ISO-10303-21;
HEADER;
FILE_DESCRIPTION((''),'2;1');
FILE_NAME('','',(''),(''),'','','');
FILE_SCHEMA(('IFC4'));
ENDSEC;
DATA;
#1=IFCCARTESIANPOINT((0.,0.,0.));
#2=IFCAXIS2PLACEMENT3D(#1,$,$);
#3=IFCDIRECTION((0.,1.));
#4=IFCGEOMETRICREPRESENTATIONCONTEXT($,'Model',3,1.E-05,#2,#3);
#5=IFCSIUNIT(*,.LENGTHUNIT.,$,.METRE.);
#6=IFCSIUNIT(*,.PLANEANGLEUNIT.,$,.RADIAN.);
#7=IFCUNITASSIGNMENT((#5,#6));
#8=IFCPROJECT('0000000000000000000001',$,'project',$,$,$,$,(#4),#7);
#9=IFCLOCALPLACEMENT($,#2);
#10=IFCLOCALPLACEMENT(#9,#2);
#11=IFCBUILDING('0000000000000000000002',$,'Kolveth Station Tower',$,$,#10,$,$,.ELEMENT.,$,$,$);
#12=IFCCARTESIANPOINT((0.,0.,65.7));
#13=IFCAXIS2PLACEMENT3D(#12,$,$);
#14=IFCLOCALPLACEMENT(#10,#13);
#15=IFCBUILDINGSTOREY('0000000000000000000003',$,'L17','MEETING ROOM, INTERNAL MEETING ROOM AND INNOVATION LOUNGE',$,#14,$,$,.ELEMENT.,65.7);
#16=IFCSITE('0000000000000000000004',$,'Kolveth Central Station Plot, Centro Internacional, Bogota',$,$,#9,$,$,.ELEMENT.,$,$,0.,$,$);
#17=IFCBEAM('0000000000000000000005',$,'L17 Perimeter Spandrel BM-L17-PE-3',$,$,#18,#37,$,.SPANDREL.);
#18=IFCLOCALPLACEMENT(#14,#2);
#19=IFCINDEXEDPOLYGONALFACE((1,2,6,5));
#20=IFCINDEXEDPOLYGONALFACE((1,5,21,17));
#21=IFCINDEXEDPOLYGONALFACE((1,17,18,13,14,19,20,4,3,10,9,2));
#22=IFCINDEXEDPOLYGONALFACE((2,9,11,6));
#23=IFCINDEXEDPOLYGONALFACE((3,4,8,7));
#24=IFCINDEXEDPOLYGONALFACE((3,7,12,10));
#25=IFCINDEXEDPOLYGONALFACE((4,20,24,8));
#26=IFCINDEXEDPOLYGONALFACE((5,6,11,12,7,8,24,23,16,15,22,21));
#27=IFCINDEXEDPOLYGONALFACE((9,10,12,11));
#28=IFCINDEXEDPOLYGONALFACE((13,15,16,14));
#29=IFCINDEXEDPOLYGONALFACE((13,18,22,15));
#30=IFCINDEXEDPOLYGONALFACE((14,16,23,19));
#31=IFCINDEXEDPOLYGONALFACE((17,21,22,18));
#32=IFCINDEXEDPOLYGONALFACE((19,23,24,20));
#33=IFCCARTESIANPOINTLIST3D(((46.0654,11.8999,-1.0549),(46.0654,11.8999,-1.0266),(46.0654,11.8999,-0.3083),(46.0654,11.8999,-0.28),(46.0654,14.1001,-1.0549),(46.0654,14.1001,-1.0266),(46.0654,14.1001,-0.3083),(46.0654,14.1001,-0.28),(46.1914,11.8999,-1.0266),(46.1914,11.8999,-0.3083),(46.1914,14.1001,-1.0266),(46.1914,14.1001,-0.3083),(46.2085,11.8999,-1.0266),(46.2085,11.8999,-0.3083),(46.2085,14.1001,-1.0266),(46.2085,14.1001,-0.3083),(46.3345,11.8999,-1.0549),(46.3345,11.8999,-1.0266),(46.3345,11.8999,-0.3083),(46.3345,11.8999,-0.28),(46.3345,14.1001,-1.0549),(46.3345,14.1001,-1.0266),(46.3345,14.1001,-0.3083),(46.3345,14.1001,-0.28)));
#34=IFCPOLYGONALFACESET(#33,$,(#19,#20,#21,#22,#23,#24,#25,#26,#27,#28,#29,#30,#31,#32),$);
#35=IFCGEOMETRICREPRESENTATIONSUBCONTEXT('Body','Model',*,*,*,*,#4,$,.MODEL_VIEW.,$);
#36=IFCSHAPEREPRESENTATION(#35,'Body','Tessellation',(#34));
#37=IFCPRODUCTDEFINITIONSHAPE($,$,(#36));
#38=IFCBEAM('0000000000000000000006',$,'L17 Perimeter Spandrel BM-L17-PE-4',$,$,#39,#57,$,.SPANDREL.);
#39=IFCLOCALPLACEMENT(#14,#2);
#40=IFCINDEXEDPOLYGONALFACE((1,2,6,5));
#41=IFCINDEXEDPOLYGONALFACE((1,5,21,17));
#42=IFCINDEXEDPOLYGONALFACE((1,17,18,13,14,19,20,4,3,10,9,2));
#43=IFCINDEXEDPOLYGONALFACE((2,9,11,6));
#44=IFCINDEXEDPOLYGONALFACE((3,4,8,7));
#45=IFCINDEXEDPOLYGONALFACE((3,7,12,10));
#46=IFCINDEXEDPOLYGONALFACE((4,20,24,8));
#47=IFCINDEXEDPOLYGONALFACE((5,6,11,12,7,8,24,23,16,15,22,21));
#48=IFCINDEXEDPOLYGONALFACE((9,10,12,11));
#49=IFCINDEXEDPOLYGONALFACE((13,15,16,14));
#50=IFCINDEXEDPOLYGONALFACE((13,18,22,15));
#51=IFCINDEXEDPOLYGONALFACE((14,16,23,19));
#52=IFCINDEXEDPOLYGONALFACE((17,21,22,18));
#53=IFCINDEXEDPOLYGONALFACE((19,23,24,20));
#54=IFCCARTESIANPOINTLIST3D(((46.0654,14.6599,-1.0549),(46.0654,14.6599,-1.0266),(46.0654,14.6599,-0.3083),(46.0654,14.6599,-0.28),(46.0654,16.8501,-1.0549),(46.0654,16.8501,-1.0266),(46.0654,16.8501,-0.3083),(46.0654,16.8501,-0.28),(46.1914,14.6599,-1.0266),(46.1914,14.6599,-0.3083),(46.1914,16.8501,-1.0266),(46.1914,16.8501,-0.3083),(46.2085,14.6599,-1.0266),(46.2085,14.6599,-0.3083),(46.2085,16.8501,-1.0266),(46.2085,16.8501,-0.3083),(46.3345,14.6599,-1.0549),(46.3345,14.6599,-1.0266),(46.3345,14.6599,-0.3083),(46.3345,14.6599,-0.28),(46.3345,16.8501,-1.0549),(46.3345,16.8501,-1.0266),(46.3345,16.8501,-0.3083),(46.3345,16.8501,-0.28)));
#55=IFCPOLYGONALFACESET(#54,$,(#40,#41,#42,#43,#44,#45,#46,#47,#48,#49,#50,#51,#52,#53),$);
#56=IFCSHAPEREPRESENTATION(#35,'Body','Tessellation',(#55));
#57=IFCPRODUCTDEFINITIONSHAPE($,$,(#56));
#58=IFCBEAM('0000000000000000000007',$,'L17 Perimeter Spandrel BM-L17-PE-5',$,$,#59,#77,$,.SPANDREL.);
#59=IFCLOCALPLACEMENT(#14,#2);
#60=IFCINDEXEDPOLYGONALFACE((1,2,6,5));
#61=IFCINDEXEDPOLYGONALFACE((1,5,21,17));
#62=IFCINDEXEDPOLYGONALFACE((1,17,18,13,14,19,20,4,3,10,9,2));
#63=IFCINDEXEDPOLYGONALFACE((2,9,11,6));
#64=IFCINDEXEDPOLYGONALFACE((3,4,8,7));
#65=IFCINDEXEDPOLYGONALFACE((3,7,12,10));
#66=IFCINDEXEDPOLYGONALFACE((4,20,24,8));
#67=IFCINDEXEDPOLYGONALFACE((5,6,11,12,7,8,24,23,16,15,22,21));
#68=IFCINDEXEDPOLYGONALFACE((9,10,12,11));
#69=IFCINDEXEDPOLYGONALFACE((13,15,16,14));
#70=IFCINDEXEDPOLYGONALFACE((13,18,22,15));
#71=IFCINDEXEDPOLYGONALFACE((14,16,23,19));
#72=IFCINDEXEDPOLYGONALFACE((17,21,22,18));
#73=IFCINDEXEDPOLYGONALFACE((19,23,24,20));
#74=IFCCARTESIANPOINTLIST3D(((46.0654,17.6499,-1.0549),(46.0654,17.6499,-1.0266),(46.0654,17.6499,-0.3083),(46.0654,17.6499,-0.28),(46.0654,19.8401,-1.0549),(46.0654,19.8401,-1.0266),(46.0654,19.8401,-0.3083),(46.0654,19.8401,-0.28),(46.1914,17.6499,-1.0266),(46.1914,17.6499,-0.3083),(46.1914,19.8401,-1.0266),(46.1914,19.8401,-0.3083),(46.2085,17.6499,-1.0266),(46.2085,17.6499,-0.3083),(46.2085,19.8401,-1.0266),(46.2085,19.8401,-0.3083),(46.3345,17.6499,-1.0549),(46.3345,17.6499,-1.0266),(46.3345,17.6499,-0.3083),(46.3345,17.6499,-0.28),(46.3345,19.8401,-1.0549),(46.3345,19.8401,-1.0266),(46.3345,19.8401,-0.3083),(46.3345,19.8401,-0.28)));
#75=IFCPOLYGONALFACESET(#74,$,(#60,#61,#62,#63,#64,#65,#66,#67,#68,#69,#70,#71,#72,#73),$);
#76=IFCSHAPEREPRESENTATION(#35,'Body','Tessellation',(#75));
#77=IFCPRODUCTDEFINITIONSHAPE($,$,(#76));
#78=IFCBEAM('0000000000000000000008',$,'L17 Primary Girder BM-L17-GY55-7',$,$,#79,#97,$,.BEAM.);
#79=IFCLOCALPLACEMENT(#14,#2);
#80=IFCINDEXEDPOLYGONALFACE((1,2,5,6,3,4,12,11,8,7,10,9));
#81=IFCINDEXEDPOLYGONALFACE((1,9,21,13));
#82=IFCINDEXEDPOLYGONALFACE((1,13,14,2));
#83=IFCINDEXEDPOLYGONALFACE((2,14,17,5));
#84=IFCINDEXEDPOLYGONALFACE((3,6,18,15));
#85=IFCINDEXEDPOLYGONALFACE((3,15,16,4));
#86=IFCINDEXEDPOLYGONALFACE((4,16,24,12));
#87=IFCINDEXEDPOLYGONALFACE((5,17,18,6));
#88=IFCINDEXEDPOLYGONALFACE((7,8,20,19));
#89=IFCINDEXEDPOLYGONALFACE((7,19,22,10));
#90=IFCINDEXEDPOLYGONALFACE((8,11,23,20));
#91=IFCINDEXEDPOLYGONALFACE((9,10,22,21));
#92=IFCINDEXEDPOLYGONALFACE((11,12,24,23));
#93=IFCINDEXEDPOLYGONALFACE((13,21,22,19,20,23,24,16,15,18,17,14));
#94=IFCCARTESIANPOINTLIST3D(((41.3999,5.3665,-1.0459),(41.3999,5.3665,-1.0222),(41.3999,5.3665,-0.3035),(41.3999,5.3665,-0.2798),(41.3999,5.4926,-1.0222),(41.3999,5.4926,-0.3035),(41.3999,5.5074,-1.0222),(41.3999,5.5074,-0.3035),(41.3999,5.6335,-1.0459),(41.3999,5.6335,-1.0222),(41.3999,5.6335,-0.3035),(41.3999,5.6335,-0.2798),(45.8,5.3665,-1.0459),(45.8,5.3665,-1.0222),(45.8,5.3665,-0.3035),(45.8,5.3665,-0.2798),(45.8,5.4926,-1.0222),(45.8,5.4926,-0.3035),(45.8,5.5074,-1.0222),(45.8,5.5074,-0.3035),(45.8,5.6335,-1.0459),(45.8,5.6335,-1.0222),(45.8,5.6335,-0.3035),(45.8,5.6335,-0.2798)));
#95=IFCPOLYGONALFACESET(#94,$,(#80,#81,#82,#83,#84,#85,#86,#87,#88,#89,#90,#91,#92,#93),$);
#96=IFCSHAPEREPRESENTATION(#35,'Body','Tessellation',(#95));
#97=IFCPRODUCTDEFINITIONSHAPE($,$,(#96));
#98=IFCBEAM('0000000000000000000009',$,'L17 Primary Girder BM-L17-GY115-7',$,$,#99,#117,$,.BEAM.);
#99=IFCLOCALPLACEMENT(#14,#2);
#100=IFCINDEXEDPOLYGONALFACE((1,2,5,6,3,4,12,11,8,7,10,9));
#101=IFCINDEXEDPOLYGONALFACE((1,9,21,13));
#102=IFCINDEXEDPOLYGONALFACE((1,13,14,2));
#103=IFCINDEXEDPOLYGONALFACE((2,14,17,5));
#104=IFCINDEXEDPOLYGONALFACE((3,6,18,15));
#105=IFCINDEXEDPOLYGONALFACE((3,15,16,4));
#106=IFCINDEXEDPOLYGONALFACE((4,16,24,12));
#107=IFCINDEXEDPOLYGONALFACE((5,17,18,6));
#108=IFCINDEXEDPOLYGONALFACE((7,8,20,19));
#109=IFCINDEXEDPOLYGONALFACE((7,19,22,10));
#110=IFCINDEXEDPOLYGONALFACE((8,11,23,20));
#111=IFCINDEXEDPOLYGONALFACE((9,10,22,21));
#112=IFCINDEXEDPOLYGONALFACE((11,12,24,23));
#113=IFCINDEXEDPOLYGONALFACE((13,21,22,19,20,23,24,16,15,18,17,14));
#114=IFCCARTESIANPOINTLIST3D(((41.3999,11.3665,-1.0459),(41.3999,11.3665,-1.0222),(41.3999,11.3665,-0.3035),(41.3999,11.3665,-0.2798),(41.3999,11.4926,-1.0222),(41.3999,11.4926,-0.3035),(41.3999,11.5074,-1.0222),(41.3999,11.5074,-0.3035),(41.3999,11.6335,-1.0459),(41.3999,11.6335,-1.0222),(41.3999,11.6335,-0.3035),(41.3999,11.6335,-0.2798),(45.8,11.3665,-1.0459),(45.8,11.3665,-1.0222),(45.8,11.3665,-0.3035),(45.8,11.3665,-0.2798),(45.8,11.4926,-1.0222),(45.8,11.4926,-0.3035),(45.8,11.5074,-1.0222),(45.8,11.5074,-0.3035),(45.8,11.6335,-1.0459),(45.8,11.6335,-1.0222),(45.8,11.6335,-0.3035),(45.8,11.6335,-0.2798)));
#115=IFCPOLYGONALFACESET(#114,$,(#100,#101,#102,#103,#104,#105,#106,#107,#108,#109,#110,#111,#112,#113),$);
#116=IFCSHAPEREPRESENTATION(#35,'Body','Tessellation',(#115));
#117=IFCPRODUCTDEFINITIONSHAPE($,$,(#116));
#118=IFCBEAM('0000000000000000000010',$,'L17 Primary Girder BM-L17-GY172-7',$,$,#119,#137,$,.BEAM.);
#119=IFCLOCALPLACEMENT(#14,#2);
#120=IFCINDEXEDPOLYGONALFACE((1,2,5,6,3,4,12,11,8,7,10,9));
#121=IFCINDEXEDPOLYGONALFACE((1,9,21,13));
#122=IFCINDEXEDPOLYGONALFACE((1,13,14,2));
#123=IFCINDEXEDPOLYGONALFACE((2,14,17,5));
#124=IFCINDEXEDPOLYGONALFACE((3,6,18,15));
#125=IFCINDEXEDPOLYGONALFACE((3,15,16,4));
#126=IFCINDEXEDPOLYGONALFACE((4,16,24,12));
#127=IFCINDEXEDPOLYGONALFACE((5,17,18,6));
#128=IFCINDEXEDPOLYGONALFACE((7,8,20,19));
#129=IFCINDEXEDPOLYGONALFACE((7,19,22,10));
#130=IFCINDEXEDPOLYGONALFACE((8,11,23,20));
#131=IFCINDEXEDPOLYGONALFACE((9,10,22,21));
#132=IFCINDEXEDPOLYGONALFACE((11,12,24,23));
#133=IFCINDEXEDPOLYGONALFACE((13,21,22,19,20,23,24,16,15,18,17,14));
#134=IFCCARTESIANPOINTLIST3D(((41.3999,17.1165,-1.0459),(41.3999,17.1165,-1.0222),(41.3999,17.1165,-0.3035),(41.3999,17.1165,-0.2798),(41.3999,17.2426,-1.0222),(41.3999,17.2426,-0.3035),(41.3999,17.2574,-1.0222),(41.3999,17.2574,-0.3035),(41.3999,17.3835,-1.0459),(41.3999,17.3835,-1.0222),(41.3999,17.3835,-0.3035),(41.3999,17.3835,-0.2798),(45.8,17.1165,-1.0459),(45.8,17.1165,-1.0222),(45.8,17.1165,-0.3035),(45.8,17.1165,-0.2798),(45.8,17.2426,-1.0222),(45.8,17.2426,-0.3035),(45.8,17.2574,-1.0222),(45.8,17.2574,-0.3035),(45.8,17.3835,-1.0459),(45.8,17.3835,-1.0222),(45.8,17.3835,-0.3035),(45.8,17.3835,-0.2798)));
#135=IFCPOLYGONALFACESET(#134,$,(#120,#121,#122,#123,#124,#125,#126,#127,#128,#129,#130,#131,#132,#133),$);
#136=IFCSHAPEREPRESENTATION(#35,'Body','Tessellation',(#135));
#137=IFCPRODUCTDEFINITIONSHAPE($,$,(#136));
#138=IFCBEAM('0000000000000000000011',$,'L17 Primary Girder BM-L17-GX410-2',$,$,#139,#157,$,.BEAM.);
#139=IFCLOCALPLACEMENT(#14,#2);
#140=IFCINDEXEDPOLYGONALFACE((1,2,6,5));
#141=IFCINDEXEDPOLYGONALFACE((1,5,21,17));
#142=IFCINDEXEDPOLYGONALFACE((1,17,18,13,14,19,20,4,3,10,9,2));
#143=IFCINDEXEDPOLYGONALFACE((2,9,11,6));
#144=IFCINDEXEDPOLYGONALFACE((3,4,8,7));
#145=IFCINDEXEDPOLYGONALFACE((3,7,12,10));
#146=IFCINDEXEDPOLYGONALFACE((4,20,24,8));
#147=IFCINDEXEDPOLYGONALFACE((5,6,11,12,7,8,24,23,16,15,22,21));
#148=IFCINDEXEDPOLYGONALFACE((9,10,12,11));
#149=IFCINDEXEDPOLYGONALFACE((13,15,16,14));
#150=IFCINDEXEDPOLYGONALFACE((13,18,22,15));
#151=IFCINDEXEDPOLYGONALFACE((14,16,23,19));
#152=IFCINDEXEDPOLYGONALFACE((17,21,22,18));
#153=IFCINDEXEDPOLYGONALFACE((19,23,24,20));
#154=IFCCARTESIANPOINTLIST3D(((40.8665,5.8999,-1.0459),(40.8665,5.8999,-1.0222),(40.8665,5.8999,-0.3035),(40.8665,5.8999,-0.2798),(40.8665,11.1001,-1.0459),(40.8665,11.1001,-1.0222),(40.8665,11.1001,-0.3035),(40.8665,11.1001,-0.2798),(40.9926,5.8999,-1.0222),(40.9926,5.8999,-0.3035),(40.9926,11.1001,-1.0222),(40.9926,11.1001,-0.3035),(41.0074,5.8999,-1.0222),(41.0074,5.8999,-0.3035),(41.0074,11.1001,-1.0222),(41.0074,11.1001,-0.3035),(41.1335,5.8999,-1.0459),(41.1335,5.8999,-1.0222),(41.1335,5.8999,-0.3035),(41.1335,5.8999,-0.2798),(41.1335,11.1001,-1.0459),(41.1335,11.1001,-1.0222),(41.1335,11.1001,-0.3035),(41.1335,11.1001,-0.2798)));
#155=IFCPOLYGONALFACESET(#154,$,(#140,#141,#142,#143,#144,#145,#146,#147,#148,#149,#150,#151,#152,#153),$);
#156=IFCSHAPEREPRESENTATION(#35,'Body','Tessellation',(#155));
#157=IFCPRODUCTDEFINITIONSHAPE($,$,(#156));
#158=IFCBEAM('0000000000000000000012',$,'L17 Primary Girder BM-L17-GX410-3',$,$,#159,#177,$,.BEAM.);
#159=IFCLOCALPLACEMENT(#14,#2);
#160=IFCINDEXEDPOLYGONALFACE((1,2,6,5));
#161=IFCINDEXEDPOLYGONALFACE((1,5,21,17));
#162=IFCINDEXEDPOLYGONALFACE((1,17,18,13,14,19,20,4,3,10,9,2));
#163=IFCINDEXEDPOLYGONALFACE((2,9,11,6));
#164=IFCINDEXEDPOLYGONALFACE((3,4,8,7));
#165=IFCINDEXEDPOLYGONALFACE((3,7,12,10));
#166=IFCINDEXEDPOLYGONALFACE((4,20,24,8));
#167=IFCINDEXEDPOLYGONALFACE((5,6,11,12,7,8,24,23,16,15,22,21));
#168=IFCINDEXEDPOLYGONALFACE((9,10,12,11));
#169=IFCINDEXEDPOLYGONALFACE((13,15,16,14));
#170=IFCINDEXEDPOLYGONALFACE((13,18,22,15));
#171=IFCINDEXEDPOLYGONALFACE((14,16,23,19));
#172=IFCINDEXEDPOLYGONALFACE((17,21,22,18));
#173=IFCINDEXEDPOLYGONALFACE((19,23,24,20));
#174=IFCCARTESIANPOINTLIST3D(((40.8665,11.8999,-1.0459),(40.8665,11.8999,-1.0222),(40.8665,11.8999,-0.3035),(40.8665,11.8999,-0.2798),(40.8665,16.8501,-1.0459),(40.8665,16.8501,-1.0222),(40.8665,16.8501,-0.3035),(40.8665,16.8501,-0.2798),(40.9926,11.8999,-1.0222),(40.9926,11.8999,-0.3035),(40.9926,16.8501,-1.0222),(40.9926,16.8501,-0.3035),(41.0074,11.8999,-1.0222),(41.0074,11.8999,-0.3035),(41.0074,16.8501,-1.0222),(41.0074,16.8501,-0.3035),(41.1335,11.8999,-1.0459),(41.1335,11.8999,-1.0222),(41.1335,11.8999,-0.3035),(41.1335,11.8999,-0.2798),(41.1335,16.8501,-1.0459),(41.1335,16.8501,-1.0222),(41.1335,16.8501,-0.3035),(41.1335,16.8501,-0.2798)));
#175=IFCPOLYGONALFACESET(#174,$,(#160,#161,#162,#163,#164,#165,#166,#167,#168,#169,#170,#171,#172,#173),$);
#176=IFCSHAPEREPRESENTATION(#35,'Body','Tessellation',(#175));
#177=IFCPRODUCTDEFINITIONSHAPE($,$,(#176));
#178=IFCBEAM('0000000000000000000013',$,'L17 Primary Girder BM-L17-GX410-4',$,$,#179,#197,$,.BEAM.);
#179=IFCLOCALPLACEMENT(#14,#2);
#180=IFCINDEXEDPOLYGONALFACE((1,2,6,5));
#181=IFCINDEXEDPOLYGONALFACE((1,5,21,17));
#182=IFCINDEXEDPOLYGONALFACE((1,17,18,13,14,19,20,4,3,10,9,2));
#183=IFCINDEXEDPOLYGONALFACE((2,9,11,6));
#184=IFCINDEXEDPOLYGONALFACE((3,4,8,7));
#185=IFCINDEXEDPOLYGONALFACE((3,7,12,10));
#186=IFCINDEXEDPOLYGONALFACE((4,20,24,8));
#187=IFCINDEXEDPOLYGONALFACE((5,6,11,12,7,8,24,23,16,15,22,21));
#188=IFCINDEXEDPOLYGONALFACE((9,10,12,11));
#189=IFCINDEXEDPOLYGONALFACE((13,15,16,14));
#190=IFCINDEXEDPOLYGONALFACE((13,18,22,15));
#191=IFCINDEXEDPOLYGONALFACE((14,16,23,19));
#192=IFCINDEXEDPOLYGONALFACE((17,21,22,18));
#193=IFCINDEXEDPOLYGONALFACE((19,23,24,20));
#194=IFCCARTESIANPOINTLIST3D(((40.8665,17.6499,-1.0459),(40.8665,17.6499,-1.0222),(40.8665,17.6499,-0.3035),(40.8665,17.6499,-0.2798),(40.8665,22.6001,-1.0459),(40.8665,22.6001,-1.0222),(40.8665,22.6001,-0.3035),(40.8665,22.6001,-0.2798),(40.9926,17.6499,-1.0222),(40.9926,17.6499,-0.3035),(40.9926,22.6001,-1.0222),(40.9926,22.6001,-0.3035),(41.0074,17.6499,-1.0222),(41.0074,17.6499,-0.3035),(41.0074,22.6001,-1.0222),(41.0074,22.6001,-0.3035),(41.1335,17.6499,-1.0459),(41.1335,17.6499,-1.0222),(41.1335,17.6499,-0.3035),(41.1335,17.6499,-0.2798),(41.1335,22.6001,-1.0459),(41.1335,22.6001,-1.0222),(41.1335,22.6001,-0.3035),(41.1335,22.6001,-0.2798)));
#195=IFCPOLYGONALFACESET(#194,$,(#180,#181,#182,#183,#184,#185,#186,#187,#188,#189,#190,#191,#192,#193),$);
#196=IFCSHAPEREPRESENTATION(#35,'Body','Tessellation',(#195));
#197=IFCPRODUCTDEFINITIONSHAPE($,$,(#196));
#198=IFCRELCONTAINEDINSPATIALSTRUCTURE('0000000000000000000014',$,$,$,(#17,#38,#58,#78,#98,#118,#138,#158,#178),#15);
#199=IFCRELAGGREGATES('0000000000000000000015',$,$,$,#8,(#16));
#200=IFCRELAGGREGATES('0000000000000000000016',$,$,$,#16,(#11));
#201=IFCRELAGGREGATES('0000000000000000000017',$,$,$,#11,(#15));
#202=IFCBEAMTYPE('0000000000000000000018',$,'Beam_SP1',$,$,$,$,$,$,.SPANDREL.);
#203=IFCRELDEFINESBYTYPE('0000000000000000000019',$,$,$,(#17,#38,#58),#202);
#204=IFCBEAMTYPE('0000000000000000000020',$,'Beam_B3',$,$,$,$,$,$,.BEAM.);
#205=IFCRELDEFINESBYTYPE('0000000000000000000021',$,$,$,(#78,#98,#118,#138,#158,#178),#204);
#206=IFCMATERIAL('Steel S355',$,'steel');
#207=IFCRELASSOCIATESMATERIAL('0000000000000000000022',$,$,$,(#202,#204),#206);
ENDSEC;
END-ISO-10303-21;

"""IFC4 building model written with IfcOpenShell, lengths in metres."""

from ifc_helpers import new_model, si_unit, direction, frame, origin, origin_2d, place, context, subcontext, project, spatial, i_section, extrude, source, transform, mapped, material, material_profile, profile_set, type_object, element, save


model = new_model("IFC4")

# Units and contexts
model_context = context("Model", 3, precision=1e-05, world=origin(), true_north=direction((0.0, 1.0)))
body_context = subcontext(model_context, "Body", "Model", "MODEL_VIEW")
ifc_project = project(units=[si_unit("LENGTHUNIT", "METRE"), si_unit("PLANEANGLEUNIT", "RADIAN")], contexts=[model_context])

# Site, building, storey
site_placement = place(None, origin())
site = spatial("IfcSite", under=ifc_project, at=site_placement, Name="Kolveth Central Station Plot, Centro Internacional, Bogota", CompositionType="ELEMENT", RefElevation=0.0)
building_placement = place(site_placement, origin())
building = spatial("IfcBuilding", under=site, at=building_placement, Name="Kolveth Station Tower", CompositionType="ELEMENT")
storey_placement = place(building_placement, frame((0.0, 0.0, 65.7)))
storey = spatial("IfcBuildingStorey", under=building, at=storey_placement, Name="L17", Description="MEETING ROOM, INTERNAL MEETING ROOM AND INNOVATION LOUNGE", CompositionType="ELEMENT", Elevation=65.7)

# Shared definitions
ifc_material_1 = material(Name="Steel S355", Category="steel")

# Beams
ifc_material_profile_1 = material_profile(ifc_material_1, i_section(OverallWidth=0.269, OverallDepth=0.7749, WebThickness=0.0171, FlangeThickness=0.0283, at=origin_2d()), Name="W760x220")
ifc_profile_set_1 = profile_set([ifc_material_profile_1], Name="Steel S355")
beam_type_1 = type_object("IfcBeamType", Name="Beam_SP1", PredefinedType="SPANDREL", material=ifc_profile_set_1)
shared_shape_1 = source(origin(), body_context, "Body", "SweptSolid", [
    extrude(i_section(OverallWidth=0.269, OverallDepth=0.7749, WebThickness=0.0171, FlangeThickness=0.0283, at=origin_2d()), origin(), (0.0, 0.0, 1.0), 2.2002),
])
beam_1_placement = place(storey_placement, frame((46.2, 11.8999, -0.6675), z_axis=(0.0, 1.0, 0.0), x_axis=(-1.0, 0.0, 0.0)))
element("IfcBeam", 1, at=beam_1_placement, inside=storey, type_object=beam_type_1, Name="L17 Perimeter Spandrel BM-L17-PE-3", PredefinedType="SPANDREL", context=body_context, shape_type="MappedRepresentation", body=[
    mapped(shared_shape_1, transform((0.0, 0.0, 0.0), x_axis=(1.0, 0.0, 0.0), y_axis=(0.0, 1.0, 0.0), z_axis=(0.0, 0.0, 1.0), scale=1.0)),
])
shared_shape_2 = source(origin(), body_context, "Body", "SweptSolid", [
    extrude(i_section(OverallWidth=0.269, OverallDepth=0.7749, WebThickness=0.0171, FlangeThickness=0.0283, at=origin_2d()), origin(), (0.0, 0.0, 1.0), 2.1902),
])
for number, where, z_axis, x_axis, name in (
    (2, (46.2, 14.6599, -0.6675), (0.0, 1.0, 0.0), (-1.0, 0.0, 0.0), "L17 Perimeter Spandrel BM-L17-PE-4"),
    (3, (46.2, 17.6499, -0.6675), (0.0, 1.0, 0.0), (-1.0, 0.0, 0.0), "L17 Perimeter Spandrel BM-L17-PE-5"),
):
    element("IfcBeam", number, at=place(storey_placement, frame(where, z_axis=z_axis, x_axis=x_axis)), inside=storey, type_object=beam_type_1, Name=name, PredefinedType="SPANDREL", context=body_context, shape_type="MappedRepresentation", body=[
        mapped(shared_shape_2, transform((0.0, 0.0, 0.0), x_axis=(1.0, 0.0, 0.0), y_axis=(0.0, 1.0, 0.0), z_axis=(0.0, 0.0, 1.0), scale=1.0)),
    ])
ifc_material_profile_2 = material_profile(ifc_material_1, i_section(OverallWidth=0.2671, OverallDepth=0.7661, WebThickness=0.0149, FlangeThickness=0.0237, at=origin_2d()), Name="W760x185")
ifc_profile_set_2 = profile_set([ifc_material_profile_2], Name="Steel S355")
beam_type_2 = type_object("IfcBeamType", Name="Beam_B3", PredefinedType="BEAM", material=ifc_profile_set_2)
shared_shape_3 = source(origin(), body_context, "Body", "SweptSolid", [
    extrude(i_section(OverallWidth=0.2671, OverallDepth=0.7661, WebThickness=0.0149, FlangeThickness=0.0237, at=origin_2d()), origin(), (0.0, 0.0, 1.0), 4.4001),
])
for number, where, z_axis, x_axis, name in (
    (4, (41.3999, 5.5, -0.6628), (1.0, 0.0, 0.0), (0.0, 1.0, 0.0), "L17 Primary Girder BM-L17-GY55-7"),
    (5, (41.3999, 11.5, -0.6628), (1.0, 0.0, 0.0), (0.0, 1.0, 0.0), "L17 Primary Girder BM-L17-GY115-7"),
    (6, (41.3999, 17.25, -0.6628), (1.0, 0.0, 0.0), (0.0, 1.0, 0.0), "L17 Primary Girder BM-L17-GY172-7"),
):
    element("IfcBeam", number, at=place(storey_placement, frame(where, z_axis=z_axis, x_axis=x_axis)), inside=storey, type_object=beam_type_2, Name=name, PredefinedType="BEAM", context=body_context, shape_type="MappedRepresentation", body=[
        mapped(shared_shape_3, transform((0.0, 0.0, 0.0), x_axis=(1.0, 0.0, 0.0), y_axis=(0.0, 1.0, 0.0), z_axis=(0.0, 0.0, 1.0), scale=1.0)),
    ])
shared_shape_4 = source(origin(), body_context, "Body", "SweptSolid", [
    extrude(i_section(OverallWidth=0.2671, OverallDepth=0.7661, WebThickness=0.0149, FlangeThickness=0.0237, at=origin_2d()), origin(), (0.0, 0.0, 1.0), 5.2002),
])
beam_2_placement = place(storey_placement, frame((41.0, 5.8999, -0.6628), z_axis=(0.0, 1.0, 0.0), x_axis=(-1.0, 0.0, 0.0)))
element("IfcBeam", 7, at=beam_2_placement, inside=storey, type_object=beam_type_2, Name="L17 Primary Girder BM-L17-GX410-2", PredefinedType="BEAM", context=body_context, shape_type="MappedRepresentation", body=[
    mapped(shared_shape_4, transform((0.0, 0.0, 0.0), x_axis=(1.0, 0.0, 0.0), y_axis=(0.0, 1.0, 0.0), z_axis=(0.0, 0.0, 1.0), scale=1.0)),
])
shared_shape_5 = source(origin(), body_context, "Body", "SweptSolid", [
    extrude(i_section(OverallWidth=0.2671, OverallDepth=0.7661, WebThickness=0.0149, FlangeThickness=0.0237, at=origin_2d()), origin(), (0.0, 0.0, 1.0), 4.9502),
])
for number, where, z_axis, x_axis, name in (
    (8, (41.0, 11.8999, -0.6628), (0.0, 1.0, 0.0), (-1.0, 0.0, 0.0), "L17 Primary Girder BM-L17-GX410-3"),
    (9, (41.0, 17.6499, -0.6628), (0.0, 1.0, 0.0), (-1.0, 0.0, 0.0), "L17 Primary Girder BM-L17-GX410-4"),
):
    element("IfcBeam", number, at=place(storey_placement, frame(where, z_axis=z_axis, x_axis=x_axis)), inside=storey, type_object=beam_type_2, Name=name, PredefinedType="BEAM", context=body_context, shape_type="MappedRepresentation", body=[
        mapped(shared_shape_5, transform((0.0, 0.0, 0.0), x_axis=(1.0, 0.0, 0.0), y_axis=(0.0, 1.0, 0.0), z_axis=(0.0, 0.0, 1.0), scale=1.0)),
    ])

save(model, "model.ifc")
